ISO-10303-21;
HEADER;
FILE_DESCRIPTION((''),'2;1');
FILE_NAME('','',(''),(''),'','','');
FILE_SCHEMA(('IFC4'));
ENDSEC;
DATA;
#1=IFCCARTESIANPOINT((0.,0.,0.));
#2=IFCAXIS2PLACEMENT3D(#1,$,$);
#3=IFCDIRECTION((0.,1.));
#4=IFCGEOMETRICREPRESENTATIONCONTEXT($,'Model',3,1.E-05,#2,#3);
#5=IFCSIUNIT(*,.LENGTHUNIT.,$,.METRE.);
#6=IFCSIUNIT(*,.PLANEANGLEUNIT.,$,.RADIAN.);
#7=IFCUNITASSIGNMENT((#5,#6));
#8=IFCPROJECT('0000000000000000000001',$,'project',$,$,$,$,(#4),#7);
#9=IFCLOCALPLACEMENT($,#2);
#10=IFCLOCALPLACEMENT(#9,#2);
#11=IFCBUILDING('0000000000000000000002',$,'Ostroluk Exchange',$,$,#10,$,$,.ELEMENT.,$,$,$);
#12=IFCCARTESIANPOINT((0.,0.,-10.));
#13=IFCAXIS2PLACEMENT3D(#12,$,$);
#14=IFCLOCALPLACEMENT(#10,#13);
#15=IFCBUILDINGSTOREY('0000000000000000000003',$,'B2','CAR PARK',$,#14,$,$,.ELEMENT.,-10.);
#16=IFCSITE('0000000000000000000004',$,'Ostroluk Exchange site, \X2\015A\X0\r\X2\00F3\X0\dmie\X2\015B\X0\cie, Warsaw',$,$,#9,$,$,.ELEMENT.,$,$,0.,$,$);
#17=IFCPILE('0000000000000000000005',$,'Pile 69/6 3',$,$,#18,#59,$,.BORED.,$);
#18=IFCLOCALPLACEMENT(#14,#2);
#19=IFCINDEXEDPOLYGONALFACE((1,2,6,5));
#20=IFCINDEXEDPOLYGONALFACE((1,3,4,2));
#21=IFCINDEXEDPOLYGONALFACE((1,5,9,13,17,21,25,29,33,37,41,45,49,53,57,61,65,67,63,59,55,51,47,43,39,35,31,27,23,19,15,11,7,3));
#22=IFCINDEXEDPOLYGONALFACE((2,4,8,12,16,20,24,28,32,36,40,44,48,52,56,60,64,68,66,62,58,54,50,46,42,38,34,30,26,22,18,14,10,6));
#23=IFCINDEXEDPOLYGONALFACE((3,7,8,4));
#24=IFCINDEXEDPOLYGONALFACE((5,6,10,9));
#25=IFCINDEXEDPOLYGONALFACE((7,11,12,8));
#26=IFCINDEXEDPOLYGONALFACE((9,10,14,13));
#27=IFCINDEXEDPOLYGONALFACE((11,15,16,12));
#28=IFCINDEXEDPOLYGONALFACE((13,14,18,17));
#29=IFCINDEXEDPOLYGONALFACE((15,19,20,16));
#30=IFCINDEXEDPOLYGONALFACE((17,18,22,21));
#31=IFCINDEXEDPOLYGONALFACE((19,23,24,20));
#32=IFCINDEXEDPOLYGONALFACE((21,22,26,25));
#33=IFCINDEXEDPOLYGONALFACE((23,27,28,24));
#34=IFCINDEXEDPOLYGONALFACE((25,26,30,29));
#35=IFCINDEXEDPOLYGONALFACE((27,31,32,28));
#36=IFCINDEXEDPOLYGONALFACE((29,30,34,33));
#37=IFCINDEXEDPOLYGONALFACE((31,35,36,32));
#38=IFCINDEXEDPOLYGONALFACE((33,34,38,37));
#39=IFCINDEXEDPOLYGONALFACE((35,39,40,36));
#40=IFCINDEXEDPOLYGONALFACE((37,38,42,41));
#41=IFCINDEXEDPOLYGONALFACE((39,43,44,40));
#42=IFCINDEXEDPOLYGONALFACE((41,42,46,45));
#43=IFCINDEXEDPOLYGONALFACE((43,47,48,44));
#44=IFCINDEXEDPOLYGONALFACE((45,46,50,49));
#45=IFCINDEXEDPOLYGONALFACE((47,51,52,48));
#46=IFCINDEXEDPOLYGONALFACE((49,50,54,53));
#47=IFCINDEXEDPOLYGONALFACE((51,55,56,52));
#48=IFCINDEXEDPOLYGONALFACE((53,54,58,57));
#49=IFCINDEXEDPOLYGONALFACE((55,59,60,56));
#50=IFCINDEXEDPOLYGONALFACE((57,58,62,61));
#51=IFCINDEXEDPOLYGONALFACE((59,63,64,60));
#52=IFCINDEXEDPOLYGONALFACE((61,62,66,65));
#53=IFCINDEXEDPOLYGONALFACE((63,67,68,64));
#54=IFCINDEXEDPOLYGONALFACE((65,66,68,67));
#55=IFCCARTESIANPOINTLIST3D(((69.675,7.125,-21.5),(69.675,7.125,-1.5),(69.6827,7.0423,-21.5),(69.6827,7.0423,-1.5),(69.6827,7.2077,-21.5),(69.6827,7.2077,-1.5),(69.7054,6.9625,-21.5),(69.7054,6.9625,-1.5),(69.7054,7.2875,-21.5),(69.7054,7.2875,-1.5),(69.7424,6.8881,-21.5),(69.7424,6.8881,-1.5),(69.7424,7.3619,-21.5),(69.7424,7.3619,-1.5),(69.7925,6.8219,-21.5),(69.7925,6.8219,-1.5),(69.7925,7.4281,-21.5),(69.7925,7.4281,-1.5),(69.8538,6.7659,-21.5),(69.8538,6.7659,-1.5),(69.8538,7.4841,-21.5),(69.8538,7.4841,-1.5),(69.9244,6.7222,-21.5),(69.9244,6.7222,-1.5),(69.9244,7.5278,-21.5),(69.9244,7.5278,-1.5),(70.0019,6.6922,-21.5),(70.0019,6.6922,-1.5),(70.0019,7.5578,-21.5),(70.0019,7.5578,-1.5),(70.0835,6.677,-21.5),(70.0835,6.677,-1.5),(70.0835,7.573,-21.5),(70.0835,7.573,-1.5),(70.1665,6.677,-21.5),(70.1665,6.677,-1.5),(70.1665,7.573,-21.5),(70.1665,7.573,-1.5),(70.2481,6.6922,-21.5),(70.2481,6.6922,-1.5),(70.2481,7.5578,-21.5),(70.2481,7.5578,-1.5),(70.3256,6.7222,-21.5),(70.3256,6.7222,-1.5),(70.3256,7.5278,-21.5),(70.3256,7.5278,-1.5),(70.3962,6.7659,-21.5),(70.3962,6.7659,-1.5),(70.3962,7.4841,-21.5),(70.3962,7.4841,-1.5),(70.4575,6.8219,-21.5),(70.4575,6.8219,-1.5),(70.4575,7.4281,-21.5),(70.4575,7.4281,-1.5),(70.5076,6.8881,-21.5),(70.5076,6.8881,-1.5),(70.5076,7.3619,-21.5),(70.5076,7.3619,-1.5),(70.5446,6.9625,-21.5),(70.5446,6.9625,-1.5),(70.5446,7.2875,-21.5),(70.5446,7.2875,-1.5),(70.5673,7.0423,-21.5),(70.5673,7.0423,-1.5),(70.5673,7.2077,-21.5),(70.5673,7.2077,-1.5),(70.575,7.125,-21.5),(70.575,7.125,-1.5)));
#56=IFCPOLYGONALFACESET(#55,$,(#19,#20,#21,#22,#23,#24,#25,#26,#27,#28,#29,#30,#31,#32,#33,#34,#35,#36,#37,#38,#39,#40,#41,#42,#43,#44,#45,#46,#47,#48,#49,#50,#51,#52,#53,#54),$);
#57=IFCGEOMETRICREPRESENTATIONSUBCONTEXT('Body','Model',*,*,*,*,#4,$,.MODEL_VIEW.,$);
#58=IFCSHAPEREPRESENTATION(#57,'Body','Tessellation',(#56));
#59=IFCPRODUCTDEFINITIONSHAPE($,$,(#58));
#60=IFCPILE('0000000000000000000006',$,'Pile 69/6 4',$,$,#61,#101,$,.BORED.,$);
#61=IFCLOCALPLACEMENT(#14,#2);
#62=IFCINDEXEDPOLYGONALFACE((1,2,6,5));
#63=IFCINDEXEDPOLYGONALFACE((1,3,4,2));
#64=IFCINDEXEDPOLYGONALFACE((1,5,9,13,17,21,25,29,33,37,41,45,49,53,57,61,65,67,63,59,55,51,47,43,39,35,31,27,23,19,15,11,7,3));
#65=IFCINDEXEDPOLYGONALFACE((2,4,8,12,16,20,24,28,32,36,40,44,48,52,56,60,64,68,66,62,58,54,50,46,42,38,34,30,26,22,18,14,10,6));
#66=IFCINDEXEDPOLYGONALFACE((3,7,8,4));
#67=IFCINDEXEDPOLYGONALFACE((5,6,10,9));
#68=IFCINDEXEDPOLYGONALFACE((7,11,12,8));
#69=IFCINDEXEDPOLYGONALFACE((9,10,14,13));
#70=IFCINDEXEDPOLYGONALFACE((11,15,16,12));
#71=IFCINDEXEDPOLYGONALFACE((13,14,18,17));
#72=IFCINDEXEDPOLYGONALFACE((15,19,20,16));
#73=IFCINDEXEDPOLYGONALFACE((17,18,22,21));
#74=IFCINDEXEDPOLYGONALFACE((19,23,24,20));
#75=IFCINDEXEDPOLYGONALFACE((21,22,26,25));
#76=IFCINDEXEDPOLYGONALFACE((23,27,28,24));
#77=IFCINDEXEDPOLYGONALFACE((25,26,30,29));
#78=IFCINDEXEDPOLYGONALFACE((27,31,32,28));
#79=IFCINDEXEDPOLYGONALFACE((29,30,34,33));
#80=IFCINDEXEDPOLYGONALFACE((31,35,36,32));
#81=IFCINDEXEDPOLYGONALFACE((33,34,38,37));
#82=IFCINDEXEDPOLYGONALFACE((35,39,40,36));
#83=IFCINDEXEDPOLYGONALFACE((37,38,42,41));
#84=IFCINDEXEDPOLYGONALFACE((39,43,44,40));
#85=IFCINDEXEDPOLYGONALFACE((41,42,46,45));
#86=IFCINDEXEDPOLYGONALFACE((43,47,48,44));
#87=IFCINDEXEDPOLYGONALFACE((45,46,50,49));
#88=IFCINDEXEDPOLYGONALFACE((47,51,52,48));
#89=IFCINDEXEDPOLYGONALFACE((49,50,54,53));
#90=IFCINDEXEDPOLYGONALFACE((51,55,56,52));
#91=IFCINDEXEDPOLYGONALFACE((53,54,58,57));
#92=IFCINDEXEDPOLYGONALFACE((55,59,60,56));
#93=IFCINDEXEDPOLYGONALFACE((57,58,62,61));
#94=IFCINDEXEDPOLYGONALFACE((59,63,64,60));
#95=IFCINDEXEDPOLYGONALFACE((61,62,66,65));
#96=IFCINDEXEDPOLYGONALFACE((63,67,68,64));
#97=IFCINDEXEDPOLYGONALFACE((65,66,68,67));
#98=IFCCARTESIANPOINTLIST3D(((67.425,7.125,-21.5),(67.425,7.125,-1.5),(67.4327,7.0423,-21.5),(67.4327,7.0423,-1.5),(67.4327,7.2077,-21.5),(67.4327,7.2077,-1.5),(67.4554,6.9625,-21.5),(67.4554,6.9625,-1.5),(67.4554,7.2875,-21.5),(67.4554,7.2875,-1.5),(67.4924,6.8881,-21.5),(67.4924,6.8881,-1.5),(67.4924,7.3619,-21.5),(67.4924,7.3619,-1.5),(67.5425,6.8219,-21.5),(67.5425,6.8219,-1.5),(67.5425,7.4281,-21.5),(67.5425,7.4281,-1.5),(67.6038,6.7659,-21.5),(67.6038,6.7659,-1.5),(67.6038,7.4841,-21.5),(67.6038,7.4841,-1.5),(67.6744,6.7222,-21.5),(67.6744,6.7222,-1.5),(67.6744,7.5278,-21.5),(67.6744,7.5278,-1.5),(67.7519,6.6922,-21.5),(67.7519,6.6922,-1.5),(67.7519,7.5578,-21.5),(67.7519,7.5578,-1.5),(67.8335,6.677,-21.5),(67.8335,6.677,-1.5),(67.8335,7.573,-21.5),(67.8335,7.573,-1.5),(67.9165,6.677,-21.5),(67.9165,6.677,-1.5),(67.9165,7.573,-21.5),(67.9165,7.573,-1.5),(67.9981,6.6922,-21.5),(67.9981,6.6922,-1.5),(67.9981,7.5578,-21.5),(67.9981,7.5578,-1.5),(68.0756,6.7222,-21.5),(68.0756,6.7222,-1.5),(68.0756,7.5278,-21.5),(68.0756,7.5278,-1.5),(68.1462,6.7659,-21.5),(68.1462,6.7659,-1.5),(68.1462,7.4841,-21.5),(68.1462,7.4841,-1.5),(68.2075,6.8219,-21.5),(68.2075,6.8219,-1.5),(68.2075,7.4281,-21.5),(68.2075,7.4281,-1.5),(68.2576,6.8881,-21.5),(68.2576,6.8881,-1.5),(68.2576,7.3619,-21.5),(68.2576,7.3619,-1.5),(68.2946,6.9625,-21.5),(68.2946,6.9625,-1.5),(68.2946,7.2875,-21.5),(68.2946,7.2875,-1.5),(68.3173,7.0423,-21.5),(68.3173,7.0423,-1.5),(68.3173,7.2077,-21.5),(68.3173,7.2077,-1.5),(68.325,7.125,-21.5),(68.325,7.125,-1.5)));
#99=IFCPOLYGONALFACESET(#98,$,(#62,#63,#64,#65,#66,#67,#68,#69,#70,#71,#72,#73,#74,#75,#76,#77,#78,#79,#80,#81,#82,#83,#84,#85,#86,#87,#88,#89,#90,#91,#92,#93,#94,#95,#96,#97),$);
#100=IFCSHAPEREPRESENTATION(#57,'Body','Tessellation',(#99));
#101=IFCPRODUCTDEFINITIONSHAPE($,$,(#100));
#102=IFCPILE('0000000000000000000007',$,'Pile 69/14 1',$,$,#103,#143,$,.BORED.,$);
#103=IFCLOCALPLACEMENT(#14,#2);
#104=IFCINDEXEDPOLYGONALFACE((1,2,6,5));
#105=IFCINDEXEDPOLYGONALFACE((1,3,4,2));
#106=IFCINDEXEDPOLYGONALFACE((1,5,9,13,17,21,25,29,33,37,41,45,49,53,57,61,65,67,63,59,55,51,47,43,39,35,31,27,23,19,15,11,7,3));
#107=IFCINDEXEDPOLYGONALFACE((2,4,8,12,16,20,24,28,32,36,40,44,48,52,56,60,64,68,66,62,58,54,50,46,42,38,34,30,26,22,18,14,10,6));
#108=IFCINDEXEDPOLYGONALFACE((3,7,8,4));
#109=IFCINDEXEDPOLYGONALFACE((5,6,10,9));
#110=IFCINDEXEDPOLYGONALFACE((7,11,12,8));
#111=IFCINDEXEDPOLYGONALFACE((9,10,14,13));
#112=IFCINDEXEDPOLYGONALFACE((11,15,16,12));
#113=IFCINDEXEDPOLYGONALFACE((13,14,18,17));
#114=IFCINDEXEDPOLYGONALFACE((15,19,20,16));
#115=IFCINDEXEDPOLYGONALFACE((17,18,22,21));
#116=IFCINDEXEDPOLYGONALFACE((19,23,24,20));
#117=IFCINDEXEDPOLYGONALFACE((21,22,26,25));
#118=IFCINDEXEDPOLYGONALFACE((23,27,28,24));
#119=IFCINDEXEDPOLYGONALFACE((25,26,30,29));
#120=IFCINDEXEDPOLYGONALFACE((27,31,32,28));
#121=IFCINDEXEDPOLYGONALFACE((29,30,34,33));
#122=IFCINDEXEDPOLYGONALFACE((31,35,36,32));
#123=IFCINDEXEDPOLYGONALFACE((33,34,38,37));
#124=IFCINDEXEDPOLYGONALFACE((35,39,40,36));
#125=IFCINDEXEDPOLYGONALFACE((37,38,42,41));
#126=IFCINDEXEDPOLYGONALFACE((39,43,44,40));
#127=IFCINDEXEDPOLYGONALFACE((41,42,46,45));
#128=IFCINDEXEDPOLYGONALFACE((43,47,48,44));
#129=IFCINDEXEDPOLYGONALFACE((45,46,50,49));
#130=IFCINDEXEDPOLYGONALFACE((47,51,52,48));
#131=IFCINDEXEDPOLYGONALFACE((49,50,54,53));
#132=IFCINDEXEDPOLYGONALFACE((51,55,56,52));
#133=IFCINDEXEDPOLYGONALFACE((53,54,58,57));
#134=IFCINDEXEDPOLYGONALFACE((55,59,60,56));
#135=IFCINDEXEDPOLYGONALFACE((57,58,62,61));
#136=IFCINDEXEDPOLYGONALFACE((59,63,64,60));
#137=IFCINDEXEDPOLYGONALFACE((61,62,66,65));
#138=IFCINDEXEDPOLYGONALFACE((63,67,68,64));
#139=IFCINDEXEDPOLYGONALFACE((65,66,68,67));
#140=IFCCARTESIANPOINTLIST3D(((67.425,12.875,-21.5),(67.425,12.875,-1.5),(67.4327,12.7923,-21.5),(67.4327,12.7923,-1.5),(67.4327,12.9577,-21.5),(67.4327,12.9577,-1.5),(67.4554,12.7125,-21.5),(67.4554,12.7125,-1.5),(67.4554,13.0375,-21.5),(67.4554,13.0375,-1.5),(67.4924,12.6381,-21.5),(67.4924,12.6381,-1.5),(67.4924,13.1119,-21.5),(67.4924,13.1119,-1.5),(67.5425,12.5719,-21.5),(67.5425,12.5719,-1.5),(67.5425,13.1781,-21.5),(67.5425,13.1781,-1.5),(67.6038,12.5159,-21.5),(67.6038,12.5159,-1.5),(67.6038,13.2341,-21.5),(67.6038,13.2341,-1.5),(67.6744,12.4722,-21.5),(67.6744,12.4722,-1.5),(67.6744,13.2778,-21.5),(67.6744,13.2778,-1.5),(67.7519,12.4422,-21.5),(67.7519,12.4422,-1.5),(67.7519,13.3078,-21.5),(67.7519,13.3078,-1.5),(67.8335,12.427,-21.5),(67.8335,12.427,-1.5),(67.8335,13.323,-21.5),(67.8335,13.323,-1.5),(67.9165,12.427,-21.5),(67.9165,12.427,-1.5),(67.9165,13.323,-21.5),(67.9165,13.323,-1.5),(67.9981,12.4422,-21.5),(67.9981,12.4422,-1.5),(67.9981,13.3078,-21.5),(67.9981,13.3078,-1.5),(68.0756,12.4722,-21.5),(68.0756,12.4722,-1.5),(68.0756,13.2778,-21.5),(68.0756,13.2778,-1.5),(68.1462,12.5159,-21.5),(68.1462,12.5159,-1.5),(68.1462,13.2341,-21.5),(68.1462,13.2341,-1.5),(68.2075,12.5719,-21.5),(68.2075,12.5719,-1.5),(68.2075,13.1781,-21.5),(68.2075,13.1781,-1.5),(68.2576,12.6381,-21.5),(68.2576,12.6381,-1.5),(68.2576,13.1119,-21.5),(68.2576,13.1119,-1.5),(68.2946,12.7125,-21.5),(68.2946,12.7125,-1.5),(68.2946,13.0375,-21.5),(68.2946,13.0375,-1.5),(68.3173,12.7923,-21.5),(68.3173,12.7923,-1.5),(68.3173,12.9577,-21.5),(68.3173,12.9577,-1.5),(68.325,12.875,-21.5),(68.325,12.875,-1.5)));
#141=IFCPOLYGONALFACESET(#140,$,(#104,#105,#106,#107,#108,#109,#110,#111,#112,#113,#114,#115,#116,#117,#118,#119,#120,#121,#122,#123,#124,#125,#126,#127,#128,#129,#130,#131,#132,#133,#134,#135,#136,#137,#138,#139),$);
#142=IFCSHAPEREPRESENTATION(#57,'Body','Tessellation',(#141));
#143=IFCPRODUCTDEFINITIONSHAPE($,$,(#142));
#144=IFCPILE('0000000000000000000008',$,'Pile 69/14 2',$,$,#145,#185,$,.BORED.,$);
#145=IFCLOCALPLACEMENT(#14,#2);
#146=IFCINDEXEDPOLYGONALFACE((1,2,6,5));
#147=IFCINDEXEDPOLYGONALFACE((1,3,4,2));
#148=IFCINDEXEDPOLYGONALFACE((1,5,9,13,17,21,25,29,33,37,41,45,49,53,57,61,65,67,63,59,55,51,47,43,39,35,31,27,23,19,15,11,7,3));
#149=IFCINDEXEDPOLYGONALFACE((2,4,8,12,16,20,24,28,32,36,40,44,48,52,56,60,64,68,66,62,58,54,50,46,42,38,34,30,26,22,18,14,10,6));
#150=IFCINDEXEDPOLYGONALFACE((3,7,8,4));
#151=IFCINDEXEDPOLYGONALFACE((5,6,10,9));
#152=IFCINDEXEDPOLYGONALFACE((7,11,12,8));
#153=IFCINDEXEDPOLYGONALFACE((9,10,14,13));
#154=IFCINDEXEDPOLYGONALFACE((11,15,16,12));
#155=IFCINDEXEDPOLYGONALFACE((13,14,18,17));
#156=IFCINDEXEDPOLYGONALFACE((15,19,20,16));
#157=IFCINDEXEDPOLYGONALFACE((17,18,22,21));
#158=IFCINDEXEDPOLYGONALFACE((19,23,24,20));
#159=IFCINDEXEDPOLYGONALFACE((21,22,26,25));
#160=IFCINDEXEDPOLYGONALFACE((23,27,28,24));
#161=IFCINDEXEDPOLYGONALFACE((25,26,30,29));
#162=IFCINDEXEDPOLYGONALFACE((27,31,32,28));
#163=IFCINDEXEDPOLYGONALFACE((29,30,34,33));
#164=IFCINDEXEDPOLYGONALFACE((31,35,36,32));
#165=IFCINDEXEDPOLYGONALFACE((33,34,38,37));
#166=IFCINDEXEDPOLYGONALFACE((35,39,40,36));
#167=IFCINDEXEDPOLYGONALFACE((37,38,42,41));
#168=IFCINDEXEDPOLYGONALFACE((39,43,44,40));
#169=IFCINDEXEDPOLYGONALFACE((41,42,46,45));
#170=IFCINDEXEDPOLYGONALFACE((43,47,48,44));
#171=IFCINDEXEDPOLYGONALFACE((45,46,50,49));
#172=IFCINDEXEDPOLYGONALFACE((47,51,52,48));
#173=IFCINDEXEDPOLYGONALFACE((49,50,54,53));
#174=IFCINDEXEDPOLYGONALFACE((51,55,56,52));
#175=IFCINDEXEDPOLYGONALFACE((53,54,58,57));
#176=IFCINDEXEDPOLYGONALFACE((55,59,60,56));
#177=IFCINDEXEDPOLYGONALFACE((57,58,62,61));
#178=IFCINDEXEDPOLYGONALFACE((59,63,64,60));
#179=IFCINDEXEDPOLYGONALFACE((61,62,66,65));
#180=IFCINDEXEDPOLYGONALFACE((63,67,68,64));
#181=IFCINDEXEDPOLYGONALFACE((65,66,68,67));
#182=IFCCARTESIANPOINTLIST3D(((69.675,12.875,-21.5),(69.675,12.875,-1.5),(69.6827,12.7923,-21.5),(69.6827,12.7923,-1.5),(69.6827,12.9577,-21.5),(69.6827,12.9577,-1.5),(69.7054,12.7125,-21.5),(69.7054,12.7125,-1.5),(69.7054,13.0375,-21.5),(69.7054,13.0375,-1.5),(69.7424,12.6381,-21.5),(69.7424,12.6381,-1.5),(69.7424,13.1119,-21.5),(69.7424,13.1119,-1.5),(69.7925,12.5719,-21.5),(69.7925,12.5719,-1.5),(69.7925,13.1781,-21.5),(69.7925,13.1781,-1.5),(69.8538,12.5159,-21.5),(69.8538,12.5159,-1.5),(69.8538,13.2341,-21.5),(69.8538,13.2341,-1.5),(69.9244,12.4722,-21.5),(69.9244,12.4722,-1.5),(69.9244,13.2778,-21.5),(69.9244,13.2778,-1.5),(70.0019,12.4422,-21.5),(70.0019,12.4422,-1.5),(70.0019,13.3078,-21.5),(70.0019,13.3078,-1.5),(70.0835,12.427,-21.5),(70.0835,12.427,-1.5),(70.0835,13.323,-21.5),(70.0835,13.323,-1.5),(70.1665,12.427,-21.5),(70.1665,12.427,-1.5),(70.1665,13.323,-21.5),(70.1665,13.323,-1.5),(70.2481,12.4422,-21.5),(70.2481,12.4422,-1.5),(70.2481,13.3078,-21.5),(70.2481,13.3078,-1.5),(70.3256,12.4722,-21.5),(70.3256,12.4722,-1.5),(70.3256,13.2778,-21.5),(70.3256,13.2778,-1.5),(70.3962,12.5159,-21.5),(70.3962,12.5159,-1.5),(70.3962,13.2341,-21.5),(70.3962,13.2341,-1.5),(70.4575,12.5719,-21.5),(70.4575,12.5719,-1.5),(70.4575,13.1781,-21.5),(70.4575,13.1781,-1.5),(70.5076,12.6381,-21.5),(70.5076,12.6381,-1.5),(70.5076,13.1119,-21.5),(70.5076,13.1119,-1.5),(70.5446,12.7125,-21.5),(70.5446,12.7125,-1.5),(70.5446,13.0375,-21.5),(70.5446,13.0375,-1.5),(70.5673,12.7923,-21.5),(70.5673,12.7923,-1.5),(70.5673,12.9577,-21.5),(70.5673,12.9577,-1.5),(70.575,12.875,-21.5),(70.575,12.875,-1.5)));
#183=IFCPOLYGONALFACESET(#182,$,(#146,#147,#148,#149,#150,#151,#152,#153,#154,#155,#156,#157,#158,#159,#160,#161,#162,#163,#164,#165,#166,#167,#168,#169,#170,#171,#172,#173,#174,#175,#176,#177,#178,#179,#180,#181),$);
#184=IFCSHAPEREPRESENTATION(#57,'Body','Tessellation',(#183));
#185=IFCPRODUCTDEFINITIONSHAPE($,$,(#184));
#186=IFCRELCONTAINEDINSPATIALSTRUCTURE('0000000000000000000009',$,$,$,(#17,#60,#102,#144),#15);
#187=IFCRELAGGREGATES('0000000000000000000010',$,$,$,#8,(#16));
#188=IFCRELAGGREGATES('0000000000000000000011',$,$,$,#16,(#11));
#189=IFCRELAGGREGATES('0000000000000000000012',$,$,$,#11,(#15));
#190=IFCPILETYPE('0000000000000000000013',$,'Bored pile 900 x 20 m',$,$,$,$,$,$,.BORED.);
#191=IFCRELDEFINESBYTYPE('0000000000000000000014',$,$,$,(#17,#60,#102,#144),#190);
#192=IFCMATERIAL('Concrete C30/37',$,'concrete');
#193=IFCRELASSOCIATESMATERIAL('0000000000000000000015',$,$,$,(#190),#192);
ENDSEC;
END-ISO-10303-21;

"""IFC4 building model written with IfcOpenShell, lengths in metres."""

from ifc_helpers import new_model, si_unit, direction, frame, origin, origin_2d, place, context, subcontext, project, spatial, circle, extrude, material, type_object, element, save


model = new_model("IFC4")

# Units and contexts
model_context = context("Model", 3, precision=1e-05, world=origin(), true_north=direction((0.0, 1.0)))
body_context = subcontext(model_context, "Body", "Model", "MODEL_VIEW")
ifc_project = project(units=[si_unit("LENGTHUNIT", "METRE"), si_unit("PLANEANGLEUNIT", "RADIAN")], contexts=[model_context])

# Site, building, storey
site_placement = place(None, origin())
site = spatial("IfcSite", under=ifc_project, at=site_placement, Name="Ostroluk Exchange site, Śródmieście, Warsaw", CompositionType="ELEMENT", RefElevation=0.0)
building_placement = place(site_placement, origin())
building = spatial("IfcBuilding", under=site, at=building_placement, Name="Ostroluk Exchange", CompositionType="ELEMENT")
storey_placement = place(building_placement, frame((0.0, 0.0, -10.0)))
storey = spatial("IfcBuildingStorey", under=building, at=storey_placement, Name="B2", Description="CAR PARK", CompositionType="ELEMENT", Elevation=-10.0)

# Piles
ifc_material_1 = material(Name="Concrete C30/37", Category="concrete")
pile_type = type_object("IfcPileType", Name="Bored pile 900 x 20 m", PredefinedType="BORED", material=ifc_material_1)
for number, where, z_axis, x_axis, name in (
    (1, (70.125, 7.125, -1.5), (0.0, 0.0, -1.0), (1.0, 0.0, 0.0), "Pile 69/6 3"),
    (2, (67.875, 7.125, -1.5), (0.0, 0.0, -1.0), (1.0, 0.0, 0.0), "Pile 69/6 4"),
    (3, (67.875, 12.875, -1.5), (0.0, 0.0, -1.0), (1.0, 0.0, 0.0), "Pile 69/14 1"),
    (4, (70.125, 12.875, -1.5), (0.0, 0.0, -1.0), (1.0, 0.0, 0.0), "Pile 69/14 2"),
):
    element("IfcPile", number, at=place(storey_placement, frame(where, z_axis=z_axis, x_axis=x_axis)), inside=storey, type_object=pile_type, Name=name, PredefinedType="BORED", context=body_context, shape_type="SweptSolid", body=[
        extrude(circle(Radius=0.45, at=origin_2d()), origin(), (0.0, 0.0, 1.0), 20.0),
    ])

save(model, "model.ifc")
